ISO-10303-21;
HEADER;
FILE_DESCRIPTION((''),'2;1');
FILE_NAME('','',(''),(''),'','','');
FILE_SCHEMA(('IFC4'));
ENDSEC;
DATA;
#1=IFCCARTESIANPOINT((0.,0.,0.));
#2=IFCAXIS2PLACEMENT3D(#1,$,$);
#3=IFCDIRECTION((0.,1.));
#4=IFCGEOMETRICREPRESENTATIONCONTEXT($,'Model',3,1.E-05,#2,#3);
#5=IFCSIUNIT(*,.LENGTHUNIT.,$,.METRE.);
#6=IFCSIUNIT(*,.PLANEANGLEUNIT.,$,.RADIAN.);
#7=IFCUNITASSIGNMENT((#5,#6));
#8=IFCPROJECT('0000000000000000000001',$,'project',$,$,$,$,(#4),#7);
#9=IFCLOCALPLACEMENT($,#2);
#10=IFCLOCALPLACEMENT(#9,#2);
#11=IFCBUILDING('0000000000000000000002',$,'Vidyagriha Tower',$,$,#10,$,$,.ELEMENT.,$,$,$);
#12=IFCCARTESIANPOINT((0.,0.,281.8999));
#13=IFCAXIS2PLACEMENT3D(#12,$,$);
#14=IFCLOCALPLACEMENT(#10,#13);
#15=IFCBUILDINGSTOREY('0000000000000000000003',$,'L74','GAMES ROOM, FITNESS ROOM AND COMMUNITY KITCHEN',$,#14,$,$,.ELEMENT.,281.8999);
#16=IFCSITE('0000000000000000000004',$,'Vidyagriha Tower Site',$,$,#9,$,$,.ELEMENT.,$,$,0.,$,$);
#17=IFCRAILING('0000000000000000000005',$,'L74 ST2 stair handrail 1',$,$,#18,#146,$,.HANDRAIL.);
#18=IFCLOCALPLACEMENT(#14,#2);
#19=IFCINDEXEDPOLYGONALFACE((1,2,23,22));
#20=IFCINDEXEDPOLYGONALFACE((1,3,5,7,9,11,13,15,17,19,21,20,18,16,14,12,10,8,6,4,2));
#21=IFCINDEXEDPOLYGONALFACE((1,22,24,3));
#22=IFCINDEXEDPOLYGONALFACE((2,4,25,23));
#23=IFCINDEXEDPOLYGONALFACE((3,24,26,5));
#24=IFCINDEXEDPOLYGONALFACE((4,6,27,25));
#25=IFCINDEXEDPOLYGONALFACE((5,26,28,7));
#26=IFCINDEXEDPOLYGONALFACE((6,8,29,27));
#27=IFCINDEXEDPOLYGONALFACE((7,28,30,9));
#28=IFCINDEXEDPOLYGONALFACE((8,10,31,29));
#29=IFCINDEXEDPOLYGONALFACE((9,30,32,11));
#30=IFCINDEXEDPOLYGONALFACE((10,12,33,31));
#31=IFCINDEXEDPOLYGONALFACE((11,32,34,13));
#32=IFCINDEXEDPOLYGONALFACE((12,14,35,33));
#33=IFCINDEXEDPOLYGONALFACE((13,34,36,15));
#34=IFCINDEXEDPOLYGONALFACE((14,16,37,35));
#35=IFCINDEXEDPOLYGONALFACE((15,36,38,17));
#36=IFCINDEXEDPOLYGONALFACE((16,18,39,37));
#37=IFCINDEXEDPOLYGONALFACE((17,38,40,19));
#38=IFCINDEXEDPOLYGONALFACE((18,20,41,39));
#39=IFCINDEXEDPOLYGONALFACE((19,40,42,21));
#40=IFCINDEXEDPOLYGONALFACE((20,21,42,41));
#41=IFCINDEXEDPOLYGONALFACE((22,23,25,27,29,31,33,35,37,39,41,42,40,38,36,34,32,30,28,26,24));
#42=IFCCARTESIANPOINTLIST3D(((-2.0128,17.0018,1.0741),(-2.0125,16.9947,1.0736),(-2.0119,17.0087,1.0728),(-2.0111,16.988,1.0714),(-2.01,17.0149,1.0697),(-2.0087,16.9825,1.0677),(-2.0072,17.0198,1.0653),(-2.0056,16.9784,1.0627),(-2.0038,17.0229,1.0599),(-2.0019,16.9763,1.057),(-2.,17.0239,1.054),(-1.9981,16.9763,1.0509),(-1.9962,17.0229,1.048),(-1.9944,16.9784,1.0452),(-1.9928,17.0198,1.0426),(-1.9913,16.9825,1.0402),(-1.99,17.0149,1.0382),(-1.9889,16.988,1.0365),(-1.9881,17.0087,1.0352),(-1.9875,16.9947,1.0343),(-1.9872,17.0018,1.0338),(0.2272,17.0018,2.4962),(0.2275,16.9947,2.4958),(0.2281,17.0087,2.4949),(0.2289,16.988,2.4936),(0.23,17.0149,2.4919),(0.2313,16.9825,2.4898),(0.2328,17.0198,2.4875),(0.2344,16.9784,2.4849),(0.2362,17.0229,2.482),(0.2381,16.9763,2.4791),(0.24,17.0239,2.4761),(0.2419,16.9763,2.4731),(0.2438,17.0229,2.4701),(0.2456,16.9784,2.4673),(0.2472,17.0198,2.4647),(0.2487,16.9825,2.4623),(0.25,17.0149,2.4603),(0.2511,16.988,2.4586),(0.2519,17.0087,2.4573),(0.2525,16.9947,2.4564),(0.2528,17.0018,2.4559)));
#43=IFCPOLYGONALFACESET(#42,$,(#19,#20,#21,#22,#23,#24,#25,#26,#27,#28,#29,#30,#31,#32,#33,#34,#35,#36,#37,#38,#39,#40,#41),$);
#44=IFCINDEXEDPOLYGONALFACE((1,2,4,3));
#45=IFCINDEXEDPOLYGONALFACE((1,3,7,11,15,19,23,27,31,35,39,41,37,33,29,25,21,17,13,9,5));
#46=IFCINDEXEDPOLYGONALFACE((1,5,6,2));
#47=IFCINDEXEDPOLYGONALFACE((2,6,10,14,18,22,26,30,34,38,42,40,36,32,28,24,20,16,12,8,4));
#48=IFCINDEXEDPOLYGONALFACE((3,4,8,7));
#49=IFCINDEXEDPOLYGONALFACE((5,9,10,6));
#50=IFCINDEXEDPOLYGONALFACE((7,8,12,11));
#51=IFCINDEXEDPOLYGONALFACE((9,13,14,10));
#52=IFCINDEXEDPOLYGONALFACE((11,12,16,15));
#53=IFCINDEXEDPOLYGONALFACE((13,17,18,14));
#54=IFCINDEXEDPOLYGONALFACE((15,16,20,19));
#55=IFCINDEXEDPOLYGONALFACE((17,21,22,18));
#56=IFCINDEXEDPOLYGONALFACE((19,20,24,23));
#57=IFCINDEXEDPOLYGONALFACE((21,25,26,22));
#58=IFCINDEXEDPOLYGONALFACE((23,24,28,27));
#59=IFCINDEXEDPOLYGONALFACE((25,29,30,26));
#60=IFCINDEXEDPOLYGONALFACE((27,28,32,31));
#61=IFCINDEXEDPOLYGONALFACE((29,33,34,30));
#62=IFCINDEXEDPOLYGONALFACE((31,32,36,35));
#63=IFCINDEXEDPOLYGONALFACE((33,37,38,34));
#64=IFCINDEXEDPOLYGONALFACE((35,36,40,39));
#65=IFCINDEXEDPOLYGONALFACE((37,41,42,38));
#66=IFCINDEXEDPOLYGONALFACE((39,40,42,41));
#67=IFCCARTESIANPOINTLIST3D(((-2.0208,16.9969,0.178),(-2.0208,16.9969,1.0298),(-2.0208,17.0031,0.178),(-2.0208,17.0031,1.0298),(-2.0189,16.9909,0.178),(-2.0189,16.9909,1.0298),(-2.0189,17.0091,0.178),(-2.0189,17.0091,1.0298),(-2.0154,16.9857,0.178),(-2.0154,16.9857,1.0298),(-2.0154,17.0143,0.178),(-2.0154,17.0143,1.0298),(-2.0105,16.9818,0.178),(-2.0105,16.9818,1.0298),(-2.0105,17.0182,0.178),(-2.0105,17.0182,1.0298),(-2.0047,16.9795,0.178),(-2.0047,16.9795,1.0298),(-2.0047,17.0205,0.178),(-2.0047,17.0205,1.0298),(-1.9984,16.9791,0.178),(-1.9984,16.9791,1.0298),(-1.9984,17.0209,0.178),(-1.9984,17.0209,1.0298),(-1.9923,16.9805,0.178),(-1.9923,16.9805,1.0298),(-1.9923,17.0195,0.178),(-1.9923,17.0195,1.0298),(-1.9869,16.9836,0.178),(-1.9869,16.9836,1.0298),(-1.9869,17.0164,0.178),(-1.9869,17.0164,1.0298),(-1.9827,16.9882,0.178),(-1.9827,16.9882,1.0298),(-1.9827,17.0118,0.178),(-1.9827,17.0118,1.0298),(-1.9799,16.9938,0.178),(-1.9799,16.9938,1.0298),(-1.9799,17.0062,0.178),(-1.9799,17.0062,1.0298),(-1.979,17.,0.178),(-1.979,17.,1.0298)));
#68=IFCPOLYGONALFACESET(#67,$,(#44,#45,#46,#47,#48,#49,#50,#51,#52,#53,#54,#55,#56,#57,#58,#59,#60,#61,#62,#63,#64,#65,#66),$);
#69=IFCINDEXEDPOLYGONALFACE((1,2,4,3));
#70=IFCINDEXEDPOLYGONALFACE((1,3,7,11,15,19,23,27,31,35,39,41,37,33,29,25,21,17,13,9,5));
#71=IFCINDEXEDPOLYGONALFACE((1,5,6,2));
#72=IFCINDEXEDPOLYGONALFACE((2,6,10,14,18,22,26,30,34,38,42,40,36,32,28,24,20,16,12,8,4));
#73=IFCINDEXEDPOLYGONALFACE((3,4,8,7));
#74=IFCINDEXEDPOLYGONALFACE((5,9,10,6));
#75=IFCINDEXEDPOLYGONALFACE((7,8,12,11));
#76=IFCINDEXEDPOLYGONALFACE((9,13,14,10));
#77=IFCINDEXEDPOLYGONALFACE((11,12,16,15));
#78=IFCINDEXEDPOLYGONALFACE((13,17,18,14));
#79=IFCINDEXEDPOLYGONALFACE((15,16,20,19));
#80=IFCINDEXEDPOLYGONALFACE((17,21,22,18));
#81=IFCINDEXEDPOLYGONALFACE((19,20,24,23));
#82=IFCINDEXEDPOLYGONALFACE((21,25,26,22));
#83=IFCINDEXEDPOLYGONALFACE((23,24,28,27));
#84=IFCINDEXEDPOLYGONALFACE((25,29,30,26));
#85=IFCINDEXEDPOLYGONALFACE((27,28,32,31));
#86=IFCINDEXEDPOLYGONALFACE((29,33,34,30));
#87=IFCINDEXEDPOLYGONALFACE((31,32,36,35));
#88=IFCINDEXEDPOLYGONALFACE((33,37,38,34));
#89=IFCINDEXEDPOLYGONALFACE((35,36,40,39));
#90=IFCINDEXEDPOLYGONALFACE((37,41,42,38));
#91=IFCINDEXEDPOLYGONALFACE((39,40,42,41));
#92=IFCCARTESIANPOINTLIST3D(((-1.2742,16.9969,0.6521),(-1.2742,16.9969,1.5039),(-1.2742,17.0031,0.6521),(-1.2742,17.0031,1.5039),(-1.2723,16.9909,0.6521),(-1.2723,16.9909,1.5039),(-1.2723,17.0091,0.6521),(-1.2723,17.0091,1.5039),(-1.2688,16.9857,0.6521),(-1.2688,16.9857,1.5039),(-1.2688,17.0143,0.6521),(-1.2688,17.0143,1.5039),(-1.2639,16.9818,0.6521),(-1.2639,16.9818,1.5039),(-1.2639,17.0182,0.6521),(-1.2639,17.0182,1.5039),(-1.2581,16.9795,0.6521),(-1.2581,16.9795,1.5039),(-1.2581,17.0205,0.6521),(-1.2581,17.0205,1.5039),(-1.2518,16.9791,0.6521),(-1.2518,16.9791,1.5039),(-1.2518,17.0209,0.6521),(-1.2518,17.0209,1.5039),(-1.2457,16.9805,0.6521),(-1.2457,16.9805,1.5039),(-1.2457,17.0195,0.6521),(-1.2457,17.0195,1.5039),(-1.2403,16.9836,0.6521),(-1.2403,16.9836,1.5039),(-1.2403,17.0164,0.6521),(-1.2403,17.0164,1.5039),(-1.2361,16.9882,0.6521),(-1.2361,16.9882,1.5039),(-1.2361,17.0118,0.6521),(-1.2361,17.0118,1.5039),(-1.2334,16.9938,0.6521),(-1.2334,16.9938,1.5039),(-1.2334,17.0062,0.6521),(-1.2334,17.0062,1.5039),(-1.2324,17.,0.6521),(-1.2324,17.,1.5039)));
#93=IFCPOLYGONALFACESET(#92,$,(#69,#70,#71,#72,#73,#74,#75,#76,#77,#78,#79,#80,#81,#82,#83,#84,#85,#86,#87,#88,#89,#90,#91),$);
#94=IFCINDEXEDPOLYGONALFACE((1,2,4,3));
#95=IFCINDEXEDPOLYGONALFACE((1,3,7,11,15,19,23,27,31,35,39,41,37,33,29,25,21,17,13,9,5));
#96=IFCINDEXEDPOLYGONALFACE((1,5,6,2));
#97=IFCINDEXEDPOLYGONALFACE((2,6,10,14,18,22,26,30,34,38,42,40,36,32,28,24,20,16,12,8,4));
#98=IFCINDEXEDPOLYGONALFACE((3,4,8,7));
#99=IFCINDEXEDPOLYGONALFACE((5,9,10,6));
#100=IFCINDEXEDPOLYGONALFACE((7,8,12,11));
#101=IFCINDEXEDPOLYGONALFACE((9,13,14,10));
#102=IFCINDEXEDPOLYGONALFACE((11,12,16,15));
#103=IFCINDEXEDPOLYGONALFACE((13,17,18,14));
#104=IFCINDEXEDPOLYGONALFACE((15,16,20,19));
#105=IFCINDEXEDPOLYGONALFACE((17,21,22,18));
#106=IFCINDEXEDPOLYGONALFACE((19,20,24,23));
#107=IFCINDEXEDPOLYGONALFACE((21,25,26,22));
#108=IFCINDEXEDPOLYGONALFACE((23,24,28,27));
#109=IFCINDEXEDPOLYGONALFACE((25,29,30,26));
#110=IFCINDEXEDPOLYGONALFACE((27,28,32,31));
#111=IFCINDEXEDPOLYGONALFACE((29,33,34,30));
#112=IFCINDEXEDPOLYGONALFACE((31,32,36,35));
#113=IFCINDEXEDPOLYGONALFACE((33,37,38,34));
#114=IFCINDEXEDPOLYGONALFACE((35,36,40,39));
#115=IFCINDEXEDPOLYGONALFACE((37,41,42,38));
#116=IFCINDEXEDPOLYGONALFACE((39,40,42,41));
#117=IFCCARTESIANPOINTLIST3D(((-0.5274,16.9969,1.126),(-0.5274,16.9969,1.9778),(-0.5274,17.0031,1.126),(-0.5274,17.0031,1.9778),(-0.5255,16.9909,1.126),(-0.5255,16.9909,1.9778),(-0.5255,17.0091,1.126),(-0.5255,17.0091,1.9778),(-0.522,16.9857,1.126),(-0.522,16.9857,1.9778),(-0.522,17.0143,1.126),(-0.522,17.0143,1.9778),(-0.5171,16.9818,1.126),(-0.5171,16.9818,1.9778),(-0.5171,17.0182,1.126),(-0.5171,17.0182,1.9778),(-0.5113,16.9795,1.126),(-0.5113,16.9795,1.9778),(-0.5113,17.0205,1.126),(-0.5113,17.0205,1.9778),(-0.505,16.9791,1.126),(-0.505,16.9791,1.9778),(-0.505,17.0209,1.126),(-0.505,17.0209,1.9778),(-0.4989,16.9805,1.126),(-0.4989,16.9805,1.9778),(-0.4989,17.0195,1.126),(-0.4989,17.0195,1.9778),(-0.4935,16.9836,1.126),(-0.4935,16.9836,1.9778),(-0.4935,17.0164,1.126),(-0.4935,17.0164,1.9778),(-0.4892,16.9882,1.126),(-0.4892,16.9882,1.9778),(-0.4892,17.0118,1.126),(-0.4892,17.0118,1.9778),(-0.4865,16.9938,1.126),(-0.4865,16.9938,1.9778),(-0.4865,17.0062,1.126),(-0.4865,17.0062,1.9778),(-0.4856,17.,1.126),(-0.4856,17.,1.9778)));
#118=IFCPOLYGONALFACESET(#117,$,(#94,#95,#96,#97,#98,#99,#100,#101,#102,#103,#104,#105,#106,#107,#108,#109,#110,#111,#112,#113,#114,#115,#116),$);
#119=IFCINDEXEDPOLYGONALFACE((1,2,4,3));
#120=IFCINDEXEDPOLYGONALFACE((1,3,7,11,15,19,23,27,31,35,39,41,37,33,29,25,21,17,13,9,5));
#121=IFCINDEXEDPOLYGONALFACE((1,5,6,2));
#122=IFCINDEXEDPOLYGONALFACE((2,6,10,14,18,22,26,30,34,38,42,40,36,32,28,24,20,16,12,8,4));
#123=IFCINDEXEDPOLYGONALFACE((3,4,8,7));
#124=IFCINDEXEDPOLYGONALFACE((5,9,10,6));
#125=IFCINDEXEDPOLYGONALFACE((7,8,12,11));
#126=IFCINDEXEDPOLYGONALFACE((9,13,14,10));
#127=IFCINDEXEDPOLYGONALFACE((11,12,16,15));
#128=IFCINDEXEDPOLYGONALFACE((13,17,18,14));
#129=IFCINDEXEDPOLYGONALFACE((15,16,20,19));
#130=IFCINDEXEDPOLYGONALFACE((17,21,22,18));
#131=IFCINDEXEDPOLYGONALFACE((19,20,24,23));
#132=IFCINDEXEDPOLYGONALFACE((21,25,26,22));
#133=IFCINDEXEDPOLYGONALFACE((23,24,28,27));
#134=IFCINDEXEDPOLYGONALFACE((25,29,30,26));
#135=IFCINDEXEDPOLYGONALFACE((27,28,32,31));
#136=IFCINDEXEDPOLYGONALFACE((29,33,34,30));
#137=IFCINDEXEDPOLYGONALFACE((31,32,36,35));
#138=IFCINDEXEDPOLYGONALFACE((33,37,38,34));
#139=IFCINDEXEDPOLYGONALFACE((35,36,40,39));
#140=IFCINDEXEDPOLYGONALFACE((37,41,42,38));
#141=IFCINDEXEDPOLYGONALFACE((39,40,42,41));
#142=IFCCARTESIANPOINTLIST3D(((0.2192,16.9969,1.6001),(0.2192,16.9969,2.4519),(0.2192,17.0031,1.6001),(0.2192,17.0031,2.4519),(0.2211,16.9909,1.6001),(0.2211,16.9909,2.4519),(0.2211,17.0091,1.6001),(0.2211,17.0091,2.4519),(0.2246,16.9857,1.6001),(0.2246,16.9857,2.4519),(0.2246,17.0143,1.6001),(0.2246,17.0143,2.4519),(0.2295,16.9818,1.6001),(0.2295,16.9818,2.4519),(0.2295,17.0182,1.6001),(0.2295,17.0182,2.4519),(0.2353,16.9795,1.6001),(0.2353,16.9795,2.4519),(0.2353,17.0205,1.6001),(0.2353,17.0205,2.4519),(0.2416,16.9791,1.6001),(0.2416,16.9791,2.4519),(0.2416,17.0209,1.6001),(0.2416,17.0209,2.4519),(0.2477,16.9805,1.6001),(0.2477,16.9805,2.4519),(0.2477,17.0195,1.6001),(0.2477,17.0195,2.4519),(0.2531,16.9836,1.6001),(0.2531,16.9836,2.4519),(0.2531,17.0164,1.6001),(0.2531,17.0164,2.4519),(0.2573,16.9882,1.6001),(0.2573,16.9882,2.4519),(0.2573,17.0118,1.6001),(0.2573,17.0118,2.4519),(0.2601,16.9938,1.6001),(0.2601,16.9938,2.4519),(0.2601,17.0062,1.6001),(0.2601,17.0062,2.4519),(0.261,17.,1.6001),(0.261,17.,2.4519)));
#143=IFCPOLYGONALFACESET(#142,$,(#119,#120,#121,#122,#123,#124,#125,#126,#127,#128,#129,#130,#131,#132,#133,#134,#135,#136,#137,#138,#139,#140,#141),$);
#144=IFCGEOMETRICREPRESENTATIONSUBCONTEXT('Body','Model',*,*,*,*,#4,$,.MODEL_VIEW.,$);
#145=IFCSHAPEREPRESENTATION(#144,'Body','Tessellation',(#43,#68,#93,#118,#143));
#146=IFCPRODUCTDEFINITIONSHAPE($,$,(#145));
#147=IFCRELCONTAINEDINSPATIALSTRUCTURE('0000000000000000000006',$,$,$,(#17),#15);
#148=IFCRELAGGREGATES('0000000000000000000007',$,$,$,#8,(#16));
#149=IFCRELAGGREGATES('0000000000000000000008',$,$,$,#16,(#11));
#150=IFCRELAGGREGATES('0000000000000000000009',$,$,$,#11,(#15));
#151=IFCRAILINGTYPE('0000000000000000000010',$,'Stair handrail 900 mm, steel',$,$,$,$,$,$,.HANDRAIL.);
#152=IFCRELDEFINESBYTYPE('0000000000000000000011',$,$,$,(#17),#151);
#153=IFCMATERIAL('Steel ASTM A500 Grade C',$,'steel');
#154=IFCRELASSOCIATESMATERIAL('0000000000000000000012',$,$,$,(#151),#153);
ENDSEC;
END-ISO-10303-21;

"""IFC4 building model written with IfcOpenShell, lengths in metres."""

from ifc_helpers import new_model, si_unit, direction, frame, origin, origin_2d, place, context, subcontext, project, spatial, circle, extrude, material, type_object, element, save


model = new_model("IFC4")

# Units and contexts
model_context = context("Model", 3, precision=1e-05, world=origin(), true_north=direction((0.0, 1.0)))
body_context = subcontext(model_context, "Body", "Model", "MODEL_VIEW")
ifc_project = project(units=[si_unit("LENGTHUNIT", "METRE"), si_unit("PLANEANGLEUNIT", "RADIAN")], contexts=[model_context])

# Site, building, storey
site_placement = place(None, origin())
site = spatial("IfcSite", under=ifc_project, at=site_placement, Name="Vidyagriha Tower Site", CompositionType="ELEMENT", RefElevation=0.0)
building_placement = place(site_placement, origin())
building = spatial("IfcBuilding", under=site, at=building_placement, Name="Vidyagriha Tower", CompositionType="ELEMENT")
storey_placement = place(building_placement, frame((0.0, 0.0, 281.8999)))
storey = spatial("IfcBuildingStorey", under=building, at=storey_placement, Name="L74", Description="GAMES ROOM, FITNESS ROOM AND COMMUNITY KITCHEN", CompositionType="ELEMENT", Elevation=281.8999)

# Railing
ifc_material_1 = material(Name="Steel ASTM A500 Grade C", Category="steel")
railing_type_1 = type_object("IfcRailingType", Name="Stair handrail 900 mm, steel", PredefinedType="HANDRAIL", material=ifc_material_1)
for number, where, name in (
    (1, (-2.0, 17.0, 0.178), "L74 ST2 stair handrail 1"),
):
    element("IfcRailing", number, at=place(storey_placement, frame(where)), inside=storey, type_object=railing_type_1, Name=name, PredefinedType="HANDRAIL", context=body_context, shape_type="SweptSolid", body=[
        extrude(circle(Radius=0.0239, at=origin_2d()), frame((0.0, 0.0, 0.876), z_axis=(0.844229, 0.0, 0.535982), x_axis=(0.0, 1.0, 0.0)), (0.0, 0.0, 1.0), 2.6533),
        extrude(circle(Radius=0.021, at=origin_2d()), origin(), (0.0, 0.0, 1.0), 0.8518),
        extrude(circle(Radius=0.021, at=origin_2d()), frame((0.7466, 0.0, 0.4741)), (0.0, 0.0, 1.0), 0.8518),
        extrude(circle(Radius=0.021, at=origin_2d()), frame((1.4934, 0.0, 0.948)), (0.0, 0.0, 1.0), 0.8518),
        extrude(circle(Radius=0.021, at=origin_2d()), frame((2.24, 0.0, 1.4221)), (0.0, 0.0, 1.0), 0.8518),
    ])

save(model, "model.ifc")
